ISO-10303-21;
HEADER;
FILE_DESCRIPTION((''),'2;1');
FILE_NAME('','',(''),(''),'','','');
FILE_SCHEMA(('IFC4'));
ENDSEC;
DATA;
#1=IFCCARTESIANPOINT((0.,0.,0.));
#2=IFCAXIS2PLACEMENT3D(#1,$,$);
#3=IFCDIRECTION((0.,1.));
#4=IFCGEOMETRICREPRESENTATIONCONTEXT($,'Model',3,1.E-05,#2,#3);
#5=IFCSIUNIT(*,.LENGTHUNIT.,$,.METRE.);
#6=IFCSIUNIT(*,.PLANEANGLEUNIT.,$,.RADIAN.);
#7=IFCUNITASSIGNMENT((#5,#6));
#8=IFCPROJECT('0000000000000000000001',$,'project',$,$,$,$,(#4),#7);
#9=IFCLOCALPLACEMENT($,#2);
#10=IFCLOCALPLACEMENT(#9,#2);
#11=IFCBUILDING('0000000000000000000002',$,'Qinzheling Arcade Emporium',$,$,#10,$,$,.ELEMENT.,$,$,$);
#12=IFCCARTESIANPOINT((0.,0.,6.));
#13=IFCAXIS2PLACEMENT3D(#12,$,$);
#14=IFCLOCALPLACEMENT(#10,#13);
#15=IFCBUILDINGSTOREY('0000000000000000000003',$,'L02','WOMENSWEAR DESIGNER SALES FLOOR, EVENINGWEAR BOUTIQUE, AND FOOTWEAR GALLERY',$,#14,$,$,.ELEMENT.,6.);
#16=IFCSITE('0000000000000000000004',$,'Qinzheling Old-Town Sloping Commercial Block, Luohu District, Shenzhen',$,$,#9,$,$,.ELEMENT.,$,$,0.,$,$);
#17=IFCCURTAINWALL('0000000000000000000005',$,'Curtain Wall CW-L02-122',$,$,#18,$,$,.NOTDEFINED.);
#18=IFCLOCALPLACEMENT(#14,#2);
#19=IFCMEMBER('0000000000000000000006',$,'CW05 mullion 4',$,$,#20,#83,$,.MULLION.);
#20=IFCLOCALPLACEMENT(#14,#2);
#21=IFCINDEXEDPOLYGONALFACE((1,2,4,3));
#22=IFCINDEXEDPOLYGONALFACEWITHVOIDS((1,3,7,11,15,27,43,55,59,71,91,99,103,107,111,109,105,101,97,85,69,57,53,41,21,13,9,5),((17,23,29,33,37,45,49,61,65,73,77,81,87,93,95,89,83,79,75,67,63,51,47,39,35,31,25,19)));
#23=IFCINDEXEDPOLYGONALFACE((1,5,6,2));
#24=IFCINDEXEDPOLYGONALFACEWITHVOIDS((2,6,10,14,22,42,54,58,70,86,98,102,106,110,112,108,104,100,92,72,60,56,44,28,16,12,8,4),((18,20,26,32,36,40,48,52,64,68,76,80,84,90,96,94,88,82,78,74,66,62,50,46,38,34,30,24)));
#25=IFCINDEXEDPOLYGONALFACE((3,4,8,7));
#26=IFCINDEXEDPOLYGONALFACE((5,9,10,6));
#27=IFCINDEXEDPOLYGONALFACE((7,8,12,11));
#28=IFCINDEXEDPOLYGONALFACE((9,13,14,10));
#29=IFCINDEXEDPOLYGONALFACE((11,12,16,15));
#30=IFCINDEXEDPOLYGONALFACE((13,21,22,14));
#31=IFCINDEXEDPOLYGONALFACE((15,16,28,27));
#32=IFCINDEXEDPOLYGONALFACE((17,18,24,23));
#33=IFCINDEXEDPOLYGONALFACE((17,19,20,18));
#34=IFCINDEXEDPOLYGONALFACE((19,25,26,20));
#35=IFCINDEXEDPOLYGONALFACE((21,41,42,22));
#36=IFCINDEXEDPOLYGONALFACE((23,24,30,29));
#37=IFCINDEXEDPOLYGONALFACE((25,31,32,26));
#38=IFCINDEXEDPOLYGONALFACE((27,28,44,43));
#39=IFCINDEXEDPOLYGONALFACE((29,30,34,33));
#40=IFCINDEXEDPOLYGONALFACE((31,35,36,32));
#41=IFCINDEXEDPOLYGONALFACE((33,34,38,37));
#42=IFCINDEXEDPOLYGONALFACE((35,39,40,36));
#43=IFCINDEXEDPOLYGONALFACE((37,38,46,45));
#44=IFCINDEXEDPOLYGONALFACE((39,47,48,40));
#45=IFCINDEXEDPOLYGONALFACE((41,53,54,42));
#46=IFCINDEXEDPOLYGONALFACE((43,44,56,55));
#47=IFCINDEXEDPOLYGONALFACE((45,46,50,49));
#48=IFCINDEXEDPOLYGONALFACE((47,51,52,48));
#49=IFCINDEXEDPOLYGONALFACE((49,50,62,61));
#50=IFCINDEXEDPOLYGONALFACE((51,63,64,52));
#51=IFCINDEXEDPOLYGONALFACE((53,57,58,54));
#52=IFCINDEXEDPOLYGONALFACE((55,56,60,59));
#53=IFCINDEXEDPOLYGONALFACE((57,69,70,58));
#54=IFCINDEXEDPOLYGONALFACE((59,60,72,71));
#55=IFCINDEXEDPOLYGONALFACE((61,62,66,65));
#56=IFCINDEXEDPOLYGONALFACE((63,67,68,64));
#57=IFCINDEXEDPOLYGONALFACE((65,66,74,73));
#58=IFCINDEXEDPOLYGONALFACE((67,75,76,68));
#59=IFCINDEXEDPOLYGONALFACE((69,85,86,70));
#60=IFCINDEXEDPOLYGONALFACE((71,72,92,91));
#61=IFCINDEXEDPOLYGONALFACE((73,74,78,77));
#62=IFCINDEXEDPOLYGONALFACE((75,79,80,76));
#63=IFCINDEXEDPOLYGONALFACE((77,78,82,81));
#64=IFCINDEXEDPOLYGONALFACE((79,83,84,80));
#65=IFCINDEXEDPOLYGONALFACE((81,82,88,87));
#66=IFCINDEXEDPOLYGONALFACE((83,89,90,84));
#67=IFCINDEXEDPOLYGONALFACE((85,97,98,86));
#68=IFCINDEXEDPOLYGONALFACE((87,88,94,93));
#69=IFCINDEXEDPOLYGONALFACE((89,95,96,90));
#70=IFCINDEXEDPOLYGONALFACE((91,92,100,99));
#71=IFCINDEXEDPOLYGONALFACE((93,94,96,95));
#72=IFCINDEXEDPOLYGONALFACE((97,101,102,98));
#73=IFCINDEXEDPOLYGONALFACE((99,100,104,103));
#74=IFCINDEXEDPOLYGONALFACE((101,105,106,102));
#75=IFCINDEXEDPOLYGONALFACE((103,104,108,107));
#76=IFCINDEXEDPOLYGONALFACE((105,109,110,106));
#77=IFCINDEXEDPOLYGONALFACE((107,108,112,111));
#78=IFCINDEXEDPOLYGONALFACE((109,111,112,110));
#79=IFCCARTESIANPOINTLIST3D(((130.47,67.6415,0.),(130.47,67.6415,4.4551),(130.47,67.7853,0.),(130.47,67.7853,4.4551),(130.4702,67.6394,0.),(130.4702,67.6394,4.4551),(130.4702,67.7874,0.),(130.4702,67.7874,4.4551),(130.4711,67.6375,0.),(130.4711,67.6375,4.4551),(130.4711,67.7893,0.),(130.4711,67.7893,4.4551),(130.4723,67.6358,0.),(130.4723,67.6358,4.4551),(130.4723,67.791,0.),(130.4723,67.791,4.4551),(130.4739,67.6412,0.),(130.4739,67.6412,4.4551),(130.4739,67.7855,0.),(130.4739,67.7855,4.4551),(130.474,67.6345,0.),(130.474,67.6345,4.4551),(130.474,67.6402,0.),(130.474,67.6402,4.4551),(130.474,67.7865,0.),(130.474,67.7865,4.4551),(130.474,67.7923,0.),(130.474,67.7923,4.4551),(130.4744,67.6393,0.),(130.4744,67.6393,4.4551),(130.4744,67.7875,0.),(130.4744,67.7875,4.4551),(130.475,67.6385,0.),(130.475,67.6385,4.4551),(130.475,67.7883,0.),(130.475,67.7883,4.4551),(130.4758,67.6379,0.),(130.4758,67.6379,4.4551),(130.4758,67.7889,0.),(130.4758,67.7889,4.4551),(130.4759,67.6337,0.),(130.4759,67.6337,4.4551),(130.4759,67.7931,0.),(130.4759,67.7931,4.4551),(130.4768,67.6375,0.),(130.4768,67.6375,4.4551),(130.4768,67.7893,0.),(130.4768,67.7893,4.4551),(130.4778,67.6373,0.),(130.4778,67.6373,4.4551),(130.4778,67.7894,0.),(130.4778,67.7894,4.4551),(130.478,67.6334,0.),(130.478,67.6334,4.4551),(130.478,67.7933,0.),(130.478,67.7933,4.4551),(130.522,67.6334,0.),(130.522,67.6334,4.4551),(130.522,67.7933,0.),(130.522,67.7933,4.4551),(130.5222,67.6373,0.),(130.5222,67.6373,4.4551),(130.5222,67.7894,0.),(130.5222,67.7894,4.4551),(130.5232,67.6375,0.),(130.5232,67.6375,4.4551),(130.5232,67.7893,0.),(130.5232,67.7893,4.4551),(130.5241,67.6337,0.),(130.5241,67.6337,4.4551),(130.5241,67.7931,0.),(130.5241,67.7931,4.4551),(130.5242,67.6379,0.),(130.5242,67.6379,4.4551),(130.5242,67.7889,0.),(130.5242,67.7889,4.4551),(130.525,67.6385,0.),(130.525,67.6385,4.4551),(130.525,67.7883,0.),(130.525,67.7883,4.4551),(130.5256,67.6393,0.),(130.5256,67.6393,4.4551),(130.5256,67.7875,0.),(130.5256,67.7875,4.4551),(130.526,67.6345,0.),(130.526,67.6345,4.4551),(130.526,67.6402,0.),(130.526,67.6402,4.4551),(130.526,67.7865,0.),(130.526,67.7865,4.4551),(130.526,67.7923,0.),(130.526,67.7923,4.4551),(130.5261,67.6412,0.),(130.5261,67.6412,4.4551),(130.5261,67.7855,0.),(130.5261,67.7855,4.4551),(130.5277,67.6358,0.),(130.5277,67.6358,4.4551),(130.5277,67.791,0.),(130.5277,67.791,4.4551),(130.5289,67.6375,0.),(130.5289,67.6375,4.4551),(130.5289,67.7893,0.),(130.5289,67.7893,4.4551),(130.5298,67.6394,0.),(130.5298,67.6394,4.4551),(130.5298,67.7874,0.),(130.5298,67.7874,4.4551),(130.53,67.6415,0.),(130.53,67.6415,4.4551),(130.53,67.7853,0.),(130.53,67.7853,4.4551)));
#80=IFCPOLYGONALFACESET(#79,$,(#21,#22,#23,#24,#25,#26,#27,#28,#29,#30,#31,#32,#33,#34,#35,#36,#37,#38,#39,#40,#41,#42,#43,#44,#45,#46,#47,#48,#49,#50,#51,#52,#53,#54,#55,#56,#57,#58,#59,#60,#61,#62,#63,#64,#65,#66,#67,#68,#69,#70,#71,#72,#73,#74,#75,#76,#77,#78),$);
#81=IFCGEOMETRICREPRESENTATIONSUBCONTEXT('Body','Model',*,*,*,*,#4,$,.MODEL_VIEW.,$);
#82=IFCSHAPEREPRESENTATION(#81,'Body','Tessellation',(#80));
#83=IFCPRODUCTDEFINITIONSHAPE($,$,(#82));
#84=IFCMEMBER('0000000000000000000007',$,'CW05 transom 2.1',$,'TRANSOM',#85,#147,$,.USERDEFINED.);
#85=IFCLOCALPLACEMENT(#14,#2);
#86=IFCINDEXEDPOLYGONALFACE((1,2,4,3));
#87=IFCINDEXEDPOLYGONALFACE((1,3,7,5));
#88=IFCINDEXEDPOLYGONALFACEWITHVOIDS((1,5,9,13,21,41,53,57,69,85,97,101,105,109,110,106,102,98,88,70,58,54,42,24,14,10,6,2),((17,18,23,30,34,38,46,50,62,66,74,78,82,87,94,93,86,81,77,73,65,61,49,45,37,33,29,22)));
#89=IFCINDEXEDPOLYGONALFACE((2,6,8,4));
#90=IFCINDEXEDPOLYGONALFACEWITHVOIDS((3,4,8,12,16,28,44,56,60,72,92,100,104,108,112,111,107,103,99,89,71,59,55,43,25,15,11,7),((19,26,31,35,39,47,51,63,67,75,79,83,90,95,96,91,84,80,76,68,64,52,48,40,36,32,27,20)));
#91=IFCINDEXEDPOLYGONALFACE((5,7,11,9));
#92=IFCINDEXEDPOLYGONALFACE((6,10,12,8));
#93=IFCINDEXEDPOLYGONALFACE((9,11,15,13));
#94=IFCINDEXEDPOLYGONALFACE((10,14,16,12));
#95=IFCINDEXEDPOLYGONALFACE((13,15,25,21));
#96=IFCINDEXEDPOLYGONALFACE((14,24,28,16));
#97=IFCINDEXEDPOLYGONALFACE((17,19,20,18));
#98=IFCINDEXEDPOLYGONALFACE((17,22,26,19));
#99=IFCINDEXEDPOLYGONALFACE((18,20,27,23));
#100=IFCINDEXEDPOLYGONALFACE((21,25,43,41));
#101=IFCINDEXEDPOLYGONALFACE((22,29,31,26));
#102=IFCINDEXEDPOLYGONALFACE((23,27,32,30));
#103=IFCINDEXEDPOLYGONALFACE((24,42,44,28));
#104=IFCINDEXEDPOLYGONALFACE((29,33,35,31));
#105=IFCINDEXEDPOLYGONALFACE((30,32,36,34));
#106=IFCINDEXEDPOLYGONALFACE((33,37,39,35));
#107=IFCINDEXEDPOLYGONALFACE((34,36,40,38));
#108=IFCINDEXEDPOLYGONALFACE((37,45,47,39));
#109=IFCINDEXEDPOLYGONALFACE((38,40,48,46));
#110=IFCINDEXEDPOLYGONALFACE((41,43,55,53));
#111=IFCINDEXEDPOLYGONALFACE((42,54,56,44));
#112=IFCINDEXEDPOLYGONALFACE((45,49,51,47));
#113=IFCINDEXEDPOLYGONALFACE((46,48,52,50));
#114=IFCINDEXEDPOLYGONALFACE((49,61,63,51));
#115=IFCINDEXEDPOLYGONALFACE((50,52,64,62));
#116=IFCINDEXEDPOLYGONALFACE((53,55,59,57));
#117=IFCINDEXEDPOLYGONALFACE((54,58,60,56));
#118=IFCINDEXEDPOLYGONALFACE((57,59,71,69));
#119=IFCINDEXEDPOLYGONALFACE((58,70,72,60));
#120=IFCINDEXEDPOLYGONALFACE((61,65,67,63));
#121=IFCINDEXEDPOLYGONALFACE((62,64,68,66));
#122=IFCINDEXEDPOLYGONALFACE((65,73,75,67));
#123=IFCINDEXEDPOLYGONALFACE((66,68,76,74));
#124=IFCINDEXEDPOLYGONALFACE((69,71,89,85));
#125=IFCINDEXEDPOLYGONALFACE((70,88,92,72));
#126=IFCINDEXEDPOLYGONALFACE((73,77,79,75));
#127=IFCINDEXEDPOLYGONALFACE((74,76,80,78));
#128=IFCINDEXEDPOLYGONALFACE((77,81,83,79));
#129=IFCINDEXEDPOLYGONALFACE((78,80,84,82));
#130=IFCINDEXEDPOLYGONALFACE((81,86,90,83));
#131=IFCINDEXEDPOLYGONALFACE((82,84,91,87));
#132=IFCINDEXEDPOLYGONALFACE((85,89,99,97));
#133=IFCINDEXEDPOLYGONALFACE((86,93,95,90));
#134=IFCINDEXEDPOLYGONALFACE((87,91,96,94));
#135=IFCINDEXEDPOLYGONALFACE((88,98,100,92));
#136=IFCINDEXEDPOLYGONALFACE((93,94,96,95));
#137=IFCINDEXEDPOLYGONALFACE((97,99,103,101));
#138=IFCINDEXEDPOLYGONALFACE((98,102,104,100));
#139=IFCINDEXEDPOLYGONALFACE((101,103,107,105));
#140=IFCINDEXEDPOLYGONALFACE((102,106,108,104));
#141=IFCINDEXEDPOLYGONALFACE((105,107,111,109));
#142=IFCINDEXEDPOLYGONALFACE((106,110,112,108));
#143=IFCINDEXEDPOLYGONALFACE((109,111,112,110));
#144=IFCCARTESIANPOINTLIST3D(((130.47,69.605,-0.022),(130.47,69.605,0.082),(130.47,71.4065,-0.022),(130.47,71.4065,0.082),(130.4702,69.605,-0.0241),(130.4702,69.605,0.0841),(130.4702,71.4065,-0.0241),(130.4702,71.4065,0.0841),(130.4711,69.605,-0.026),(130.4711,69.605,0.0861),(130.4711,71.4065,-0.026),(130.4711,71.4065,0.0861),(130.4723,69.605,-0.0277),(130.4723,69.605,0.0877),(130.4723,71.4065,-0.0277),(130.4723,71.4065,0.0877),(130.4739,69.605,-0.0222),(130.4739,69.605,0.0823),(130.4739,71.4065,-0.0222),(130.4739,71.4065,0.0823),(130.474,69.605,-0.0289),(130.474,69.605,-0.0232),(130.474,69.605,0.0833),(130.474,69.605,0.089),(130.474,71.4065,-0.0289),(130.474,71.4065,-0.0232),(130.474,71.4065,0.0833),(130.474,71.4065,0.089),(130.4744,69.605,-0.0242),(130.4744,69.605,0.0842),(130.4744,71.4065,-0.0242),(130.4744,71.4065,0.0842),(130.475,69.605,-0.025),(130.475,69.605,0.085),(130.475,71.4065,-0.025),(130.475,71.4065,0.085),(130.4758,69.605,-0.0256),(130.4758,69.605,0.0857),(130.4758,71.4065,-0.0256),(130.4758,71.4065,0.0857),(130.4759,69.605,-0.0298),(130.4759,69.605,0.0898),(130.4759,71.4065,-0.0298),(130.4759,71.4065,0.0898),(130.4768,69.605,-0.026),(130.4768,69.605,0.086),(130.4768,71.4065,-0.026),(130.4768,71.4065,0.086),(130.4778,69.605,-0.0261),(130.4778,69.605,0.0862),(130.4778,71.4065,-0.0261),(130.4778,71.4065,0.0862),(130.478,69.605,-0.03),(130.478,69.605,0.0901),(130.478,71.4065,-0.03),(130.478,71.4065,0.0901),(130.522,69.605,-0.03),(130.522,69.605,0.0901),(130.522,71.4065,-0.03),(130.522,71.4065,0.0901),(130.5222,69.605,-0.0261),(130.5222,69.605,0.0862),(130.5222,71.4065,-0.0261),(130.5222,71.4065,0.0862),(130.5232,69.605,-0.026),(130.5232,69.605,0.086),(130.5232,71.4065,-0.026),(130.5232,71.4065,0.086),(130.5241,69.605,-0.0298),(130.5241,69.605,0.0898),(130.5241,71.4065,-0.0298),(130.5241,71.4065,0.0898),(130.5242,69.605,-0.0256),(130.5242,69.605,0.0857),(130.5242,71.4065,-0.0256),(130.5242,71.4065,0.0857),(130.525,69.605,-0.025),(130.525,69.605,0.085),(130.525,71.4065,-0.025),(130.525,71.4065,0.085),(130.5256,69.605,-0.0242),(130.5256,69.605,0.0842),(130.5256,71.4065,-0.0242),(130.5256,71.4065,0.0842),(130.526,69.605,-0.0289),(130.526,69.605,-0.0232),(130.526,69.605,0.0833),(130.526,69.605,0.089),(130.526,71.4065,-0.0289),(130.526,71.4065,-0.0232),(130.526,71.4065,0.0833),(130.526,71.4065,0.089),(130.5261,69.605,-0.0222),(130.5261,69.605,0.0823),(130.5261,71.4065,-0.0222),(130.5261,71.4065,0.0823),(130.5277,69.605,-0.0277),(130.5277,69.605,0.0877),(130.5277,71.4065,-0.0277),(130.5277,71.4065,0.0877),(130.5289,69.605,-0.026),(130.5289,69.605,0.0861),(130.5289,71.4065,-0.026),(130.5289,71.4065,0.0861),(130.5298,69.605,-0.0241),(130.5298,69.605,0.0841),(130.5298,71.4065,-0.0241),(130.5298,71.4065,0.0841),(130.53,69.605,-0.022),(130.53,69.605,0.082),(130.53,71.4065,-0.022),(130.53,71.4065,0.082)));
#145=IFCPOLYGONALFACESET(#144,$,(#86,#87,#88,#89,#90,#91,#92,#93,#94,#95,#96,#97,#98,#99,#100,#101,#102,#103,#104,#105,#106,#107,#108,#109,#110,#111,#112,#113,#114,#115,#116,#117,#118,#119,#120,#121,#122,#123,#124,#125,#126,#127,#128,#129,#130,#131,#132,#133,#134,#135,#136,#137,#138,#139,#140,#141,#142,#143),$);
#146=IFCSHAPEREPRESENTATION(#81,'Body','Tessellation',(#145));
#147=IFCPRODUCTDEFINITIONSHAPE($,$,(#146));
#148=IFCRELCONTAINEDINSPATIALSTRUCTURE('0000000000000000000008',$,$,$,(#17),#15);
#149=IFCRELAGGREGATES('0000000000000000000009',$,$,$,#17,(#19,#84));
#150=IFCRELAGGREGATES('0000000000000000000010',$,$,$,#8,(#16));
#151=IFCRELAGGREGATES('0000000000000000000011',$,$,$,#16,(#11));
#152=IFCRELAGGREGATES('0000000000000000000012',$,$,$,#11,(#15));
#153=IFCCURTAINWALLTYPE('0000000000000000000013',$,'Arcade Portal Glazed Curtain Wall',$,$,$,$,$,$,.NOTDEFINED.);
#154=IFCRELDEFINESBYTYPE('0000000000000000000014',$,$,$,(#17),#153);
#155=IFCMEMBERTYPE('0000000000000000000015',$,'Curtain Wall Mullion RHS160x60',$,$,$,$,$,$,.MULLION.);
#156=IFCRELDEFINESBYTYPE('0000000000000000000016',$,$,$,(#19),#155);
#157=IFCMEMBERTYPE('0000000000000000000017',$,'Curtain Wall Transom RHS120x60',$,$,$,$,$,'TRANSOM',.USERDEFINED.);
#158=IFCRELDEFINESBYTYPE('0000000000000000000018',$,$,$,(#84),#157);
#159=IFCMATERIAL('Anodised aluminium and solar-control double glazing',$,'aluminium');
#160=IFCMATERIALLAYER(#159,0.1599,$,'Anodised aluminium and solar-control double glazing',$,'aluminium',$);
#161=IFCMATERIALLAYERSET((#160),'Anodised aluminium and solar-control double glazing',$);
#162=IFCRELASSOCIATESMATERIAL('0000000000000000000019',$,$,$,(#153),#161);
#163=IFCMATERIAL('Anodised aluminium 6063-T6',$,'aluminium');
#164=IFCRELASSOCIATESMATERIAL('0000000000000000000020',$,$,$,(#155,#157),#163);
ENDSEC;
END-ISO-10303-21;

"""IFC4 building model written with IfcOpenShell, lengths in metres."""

from ifc_helpers import new_model, si_unit, direction, frame, origin, origin_2d, place, context, subcontext, project, spatial, hollow_rectangle, extrude, material, layer, layer_set, material_profile, profile_set, type_object, element, aggregate, save


model = new_model("IFC4")

# Units and contexts
model_context = context("Model", 3, precision=1e-05, world=origin(), true_north=direction((0.0, 1.0)))
body_context = subcontext(model_context, "Body", "Model", "MODEL_VIEW")
ifc_project = project(units=[si_unit("LENGTHUNIT", "METRE"), si_unit("PLANEANGLEUNIT", "RADIAN")], contexts=[model_context])

# Site, building, storey
site_placement = place(None, origin())
site = spatial("IfcSite", under=ifc_project, at=site_placement, Name="Qinzheling Old-Town Sloping Commercial Block, Luohu District, Shenzhen", CompositionType="ELEMENT", RefElevation=0.0)
building_placement = place(site_placement, origin())
building = spatial("IfcBuilding", under=site, at=building_placement, Name="Qinzheling Arcade Emporium", CompositionType="ELEMENT")
storey_placement = place(building_placement, frame((0.0, 0.0, 6.0)))
storey = spatial("IfcBuildingStorey", under=building, at=storey_placement, Name="L02", Description="WOMENSWEAR DESIGNER SALES FLOOR, EVENINGWEAR BOUTIQUE, AND FOOTWEAR GALLERY", CompositionType="ELEMENT", Elevation=6.0)

# Curtain wall, members
ifc_material_1 = material(Name="Anodised aluminium and solar-control double glazing", Category="aluminium")
ifc_layer_1 = layer(ifc_material_1, 0.1599, Name="Anodised aluminium and solar-control double glazing", Category="aluminium")
ifc_layer_set_1 = layer_set([ifc_layer_1], Name="Anodised aluminium and solar-control double glazing")
curtain_wall_type = type_object("IfcCurtainWallType", Name="Arcade Portal Glazed Curtain Wall", PredefinedType="NOTDEFINED", material=ifc_layer_set_1)
curtain_wall_placement = place(storey_placement, origin())
curtain_wall = element("IfcCurtainWall", 1, at=curtain_wall_placement, inside=storey, type_object=curtain_wall_type, Name="Curtain Wall CW-L02-122", PredefinedType="NOTDEFINED")
ifc_material_2 = material(Name="Anodised aluminium 6063-T6", Category="aluminium")
ifc_material_profile_1 = material_profile(ifc_material_2, hollow_rectangle(XDim=0.0601, YDim=0.1599, WallThickness=0.0039, InnerFilletRadius=0.0039, OuterFilletRadius=0.0081, at=origin_2d()), Name="RHS 160x60x4", Category="aluminium")
ifc_profile_set_1 = profile_set([ifc_material_profile_1], Name="Anodised aluminium 6063-T6")
member_type_1 = type_object("IfcMemberType", Name="Curtain Wall Mullion RHS160x60", PredefinedType="MULLION", material=ifc_profile_set_1)
member_1_placement = place(storey_placement, frame((130.5, 67.7134, 0.0), z_axis=(0.0, 0.0, 1.0), x_axis=(1.0, 0.0, 0.0)))
member_1 = element("IfcMember", 2, at=member_1_placement, type_object=member_type_1, Name="CW05 mullion 4", PredefinedType="MULLION", context=body_context, shape_type="SweptSolid", body=[
    extrude(hollow_rectangle(XDim=0.0601, YDim=0.1599, WallThickness=0.0039, InnerFilletRadius=0.0039, OuterFilletRadius=0.0081, at=origin_2d()), origin(), (0.0, 0.0, 1.0), 4.4551),
])
ifc_material_profile_2 = material_profile(ifc_material_2, hollow_rectangle(XDim=0.0601, YDim=0.1201, WallThickness=0.0039, InnerFilletRadius=0.0039, OuterFilletRadius=0.0081, at=origin_2d()), Name="RHS 120x60x4", Category="aluminium")
ifc_profile_set_2 = profile_set([ifc_material_profile_2], Name="Anodised aluminium 6063-T6")
member_type_2 = type_object("IfcMemberType", Name="Curtain Wall Transom RHS120x60", ElementType="TRANSOM", PredefinedType="USERDEFINED", material=ifc_profile_set_2)
member_2_placement = place(storey_placement, frame((130.5, 71.4065, 0.03), z_axis=(0.0, -1.0, 0.0), x_axis=(1.0, 0.0, 0.0)))
member_2 = element("IfcMember", 3, at=member_2_placement, type_object=member_type_2, Name="CW05 transom 2.1", ObjectType="TRANSOM", PredefinedType="USERDEFINED", context=body_context, shape_type="SweptSolid", body=[
    extrude(hollow_rectangle(XDim=0.0601, YDim=0.1201, WallThickness=0.0039, InnerFilletRadius=0.0039, OuterFilletRadius=0.0081, at=origin_2d()), origin(), (0.0, 0.0, 1.0), 1.8015),
])
aggregate(curtain_wall, [member_1, member_2])

save(model, "model.ifc")
